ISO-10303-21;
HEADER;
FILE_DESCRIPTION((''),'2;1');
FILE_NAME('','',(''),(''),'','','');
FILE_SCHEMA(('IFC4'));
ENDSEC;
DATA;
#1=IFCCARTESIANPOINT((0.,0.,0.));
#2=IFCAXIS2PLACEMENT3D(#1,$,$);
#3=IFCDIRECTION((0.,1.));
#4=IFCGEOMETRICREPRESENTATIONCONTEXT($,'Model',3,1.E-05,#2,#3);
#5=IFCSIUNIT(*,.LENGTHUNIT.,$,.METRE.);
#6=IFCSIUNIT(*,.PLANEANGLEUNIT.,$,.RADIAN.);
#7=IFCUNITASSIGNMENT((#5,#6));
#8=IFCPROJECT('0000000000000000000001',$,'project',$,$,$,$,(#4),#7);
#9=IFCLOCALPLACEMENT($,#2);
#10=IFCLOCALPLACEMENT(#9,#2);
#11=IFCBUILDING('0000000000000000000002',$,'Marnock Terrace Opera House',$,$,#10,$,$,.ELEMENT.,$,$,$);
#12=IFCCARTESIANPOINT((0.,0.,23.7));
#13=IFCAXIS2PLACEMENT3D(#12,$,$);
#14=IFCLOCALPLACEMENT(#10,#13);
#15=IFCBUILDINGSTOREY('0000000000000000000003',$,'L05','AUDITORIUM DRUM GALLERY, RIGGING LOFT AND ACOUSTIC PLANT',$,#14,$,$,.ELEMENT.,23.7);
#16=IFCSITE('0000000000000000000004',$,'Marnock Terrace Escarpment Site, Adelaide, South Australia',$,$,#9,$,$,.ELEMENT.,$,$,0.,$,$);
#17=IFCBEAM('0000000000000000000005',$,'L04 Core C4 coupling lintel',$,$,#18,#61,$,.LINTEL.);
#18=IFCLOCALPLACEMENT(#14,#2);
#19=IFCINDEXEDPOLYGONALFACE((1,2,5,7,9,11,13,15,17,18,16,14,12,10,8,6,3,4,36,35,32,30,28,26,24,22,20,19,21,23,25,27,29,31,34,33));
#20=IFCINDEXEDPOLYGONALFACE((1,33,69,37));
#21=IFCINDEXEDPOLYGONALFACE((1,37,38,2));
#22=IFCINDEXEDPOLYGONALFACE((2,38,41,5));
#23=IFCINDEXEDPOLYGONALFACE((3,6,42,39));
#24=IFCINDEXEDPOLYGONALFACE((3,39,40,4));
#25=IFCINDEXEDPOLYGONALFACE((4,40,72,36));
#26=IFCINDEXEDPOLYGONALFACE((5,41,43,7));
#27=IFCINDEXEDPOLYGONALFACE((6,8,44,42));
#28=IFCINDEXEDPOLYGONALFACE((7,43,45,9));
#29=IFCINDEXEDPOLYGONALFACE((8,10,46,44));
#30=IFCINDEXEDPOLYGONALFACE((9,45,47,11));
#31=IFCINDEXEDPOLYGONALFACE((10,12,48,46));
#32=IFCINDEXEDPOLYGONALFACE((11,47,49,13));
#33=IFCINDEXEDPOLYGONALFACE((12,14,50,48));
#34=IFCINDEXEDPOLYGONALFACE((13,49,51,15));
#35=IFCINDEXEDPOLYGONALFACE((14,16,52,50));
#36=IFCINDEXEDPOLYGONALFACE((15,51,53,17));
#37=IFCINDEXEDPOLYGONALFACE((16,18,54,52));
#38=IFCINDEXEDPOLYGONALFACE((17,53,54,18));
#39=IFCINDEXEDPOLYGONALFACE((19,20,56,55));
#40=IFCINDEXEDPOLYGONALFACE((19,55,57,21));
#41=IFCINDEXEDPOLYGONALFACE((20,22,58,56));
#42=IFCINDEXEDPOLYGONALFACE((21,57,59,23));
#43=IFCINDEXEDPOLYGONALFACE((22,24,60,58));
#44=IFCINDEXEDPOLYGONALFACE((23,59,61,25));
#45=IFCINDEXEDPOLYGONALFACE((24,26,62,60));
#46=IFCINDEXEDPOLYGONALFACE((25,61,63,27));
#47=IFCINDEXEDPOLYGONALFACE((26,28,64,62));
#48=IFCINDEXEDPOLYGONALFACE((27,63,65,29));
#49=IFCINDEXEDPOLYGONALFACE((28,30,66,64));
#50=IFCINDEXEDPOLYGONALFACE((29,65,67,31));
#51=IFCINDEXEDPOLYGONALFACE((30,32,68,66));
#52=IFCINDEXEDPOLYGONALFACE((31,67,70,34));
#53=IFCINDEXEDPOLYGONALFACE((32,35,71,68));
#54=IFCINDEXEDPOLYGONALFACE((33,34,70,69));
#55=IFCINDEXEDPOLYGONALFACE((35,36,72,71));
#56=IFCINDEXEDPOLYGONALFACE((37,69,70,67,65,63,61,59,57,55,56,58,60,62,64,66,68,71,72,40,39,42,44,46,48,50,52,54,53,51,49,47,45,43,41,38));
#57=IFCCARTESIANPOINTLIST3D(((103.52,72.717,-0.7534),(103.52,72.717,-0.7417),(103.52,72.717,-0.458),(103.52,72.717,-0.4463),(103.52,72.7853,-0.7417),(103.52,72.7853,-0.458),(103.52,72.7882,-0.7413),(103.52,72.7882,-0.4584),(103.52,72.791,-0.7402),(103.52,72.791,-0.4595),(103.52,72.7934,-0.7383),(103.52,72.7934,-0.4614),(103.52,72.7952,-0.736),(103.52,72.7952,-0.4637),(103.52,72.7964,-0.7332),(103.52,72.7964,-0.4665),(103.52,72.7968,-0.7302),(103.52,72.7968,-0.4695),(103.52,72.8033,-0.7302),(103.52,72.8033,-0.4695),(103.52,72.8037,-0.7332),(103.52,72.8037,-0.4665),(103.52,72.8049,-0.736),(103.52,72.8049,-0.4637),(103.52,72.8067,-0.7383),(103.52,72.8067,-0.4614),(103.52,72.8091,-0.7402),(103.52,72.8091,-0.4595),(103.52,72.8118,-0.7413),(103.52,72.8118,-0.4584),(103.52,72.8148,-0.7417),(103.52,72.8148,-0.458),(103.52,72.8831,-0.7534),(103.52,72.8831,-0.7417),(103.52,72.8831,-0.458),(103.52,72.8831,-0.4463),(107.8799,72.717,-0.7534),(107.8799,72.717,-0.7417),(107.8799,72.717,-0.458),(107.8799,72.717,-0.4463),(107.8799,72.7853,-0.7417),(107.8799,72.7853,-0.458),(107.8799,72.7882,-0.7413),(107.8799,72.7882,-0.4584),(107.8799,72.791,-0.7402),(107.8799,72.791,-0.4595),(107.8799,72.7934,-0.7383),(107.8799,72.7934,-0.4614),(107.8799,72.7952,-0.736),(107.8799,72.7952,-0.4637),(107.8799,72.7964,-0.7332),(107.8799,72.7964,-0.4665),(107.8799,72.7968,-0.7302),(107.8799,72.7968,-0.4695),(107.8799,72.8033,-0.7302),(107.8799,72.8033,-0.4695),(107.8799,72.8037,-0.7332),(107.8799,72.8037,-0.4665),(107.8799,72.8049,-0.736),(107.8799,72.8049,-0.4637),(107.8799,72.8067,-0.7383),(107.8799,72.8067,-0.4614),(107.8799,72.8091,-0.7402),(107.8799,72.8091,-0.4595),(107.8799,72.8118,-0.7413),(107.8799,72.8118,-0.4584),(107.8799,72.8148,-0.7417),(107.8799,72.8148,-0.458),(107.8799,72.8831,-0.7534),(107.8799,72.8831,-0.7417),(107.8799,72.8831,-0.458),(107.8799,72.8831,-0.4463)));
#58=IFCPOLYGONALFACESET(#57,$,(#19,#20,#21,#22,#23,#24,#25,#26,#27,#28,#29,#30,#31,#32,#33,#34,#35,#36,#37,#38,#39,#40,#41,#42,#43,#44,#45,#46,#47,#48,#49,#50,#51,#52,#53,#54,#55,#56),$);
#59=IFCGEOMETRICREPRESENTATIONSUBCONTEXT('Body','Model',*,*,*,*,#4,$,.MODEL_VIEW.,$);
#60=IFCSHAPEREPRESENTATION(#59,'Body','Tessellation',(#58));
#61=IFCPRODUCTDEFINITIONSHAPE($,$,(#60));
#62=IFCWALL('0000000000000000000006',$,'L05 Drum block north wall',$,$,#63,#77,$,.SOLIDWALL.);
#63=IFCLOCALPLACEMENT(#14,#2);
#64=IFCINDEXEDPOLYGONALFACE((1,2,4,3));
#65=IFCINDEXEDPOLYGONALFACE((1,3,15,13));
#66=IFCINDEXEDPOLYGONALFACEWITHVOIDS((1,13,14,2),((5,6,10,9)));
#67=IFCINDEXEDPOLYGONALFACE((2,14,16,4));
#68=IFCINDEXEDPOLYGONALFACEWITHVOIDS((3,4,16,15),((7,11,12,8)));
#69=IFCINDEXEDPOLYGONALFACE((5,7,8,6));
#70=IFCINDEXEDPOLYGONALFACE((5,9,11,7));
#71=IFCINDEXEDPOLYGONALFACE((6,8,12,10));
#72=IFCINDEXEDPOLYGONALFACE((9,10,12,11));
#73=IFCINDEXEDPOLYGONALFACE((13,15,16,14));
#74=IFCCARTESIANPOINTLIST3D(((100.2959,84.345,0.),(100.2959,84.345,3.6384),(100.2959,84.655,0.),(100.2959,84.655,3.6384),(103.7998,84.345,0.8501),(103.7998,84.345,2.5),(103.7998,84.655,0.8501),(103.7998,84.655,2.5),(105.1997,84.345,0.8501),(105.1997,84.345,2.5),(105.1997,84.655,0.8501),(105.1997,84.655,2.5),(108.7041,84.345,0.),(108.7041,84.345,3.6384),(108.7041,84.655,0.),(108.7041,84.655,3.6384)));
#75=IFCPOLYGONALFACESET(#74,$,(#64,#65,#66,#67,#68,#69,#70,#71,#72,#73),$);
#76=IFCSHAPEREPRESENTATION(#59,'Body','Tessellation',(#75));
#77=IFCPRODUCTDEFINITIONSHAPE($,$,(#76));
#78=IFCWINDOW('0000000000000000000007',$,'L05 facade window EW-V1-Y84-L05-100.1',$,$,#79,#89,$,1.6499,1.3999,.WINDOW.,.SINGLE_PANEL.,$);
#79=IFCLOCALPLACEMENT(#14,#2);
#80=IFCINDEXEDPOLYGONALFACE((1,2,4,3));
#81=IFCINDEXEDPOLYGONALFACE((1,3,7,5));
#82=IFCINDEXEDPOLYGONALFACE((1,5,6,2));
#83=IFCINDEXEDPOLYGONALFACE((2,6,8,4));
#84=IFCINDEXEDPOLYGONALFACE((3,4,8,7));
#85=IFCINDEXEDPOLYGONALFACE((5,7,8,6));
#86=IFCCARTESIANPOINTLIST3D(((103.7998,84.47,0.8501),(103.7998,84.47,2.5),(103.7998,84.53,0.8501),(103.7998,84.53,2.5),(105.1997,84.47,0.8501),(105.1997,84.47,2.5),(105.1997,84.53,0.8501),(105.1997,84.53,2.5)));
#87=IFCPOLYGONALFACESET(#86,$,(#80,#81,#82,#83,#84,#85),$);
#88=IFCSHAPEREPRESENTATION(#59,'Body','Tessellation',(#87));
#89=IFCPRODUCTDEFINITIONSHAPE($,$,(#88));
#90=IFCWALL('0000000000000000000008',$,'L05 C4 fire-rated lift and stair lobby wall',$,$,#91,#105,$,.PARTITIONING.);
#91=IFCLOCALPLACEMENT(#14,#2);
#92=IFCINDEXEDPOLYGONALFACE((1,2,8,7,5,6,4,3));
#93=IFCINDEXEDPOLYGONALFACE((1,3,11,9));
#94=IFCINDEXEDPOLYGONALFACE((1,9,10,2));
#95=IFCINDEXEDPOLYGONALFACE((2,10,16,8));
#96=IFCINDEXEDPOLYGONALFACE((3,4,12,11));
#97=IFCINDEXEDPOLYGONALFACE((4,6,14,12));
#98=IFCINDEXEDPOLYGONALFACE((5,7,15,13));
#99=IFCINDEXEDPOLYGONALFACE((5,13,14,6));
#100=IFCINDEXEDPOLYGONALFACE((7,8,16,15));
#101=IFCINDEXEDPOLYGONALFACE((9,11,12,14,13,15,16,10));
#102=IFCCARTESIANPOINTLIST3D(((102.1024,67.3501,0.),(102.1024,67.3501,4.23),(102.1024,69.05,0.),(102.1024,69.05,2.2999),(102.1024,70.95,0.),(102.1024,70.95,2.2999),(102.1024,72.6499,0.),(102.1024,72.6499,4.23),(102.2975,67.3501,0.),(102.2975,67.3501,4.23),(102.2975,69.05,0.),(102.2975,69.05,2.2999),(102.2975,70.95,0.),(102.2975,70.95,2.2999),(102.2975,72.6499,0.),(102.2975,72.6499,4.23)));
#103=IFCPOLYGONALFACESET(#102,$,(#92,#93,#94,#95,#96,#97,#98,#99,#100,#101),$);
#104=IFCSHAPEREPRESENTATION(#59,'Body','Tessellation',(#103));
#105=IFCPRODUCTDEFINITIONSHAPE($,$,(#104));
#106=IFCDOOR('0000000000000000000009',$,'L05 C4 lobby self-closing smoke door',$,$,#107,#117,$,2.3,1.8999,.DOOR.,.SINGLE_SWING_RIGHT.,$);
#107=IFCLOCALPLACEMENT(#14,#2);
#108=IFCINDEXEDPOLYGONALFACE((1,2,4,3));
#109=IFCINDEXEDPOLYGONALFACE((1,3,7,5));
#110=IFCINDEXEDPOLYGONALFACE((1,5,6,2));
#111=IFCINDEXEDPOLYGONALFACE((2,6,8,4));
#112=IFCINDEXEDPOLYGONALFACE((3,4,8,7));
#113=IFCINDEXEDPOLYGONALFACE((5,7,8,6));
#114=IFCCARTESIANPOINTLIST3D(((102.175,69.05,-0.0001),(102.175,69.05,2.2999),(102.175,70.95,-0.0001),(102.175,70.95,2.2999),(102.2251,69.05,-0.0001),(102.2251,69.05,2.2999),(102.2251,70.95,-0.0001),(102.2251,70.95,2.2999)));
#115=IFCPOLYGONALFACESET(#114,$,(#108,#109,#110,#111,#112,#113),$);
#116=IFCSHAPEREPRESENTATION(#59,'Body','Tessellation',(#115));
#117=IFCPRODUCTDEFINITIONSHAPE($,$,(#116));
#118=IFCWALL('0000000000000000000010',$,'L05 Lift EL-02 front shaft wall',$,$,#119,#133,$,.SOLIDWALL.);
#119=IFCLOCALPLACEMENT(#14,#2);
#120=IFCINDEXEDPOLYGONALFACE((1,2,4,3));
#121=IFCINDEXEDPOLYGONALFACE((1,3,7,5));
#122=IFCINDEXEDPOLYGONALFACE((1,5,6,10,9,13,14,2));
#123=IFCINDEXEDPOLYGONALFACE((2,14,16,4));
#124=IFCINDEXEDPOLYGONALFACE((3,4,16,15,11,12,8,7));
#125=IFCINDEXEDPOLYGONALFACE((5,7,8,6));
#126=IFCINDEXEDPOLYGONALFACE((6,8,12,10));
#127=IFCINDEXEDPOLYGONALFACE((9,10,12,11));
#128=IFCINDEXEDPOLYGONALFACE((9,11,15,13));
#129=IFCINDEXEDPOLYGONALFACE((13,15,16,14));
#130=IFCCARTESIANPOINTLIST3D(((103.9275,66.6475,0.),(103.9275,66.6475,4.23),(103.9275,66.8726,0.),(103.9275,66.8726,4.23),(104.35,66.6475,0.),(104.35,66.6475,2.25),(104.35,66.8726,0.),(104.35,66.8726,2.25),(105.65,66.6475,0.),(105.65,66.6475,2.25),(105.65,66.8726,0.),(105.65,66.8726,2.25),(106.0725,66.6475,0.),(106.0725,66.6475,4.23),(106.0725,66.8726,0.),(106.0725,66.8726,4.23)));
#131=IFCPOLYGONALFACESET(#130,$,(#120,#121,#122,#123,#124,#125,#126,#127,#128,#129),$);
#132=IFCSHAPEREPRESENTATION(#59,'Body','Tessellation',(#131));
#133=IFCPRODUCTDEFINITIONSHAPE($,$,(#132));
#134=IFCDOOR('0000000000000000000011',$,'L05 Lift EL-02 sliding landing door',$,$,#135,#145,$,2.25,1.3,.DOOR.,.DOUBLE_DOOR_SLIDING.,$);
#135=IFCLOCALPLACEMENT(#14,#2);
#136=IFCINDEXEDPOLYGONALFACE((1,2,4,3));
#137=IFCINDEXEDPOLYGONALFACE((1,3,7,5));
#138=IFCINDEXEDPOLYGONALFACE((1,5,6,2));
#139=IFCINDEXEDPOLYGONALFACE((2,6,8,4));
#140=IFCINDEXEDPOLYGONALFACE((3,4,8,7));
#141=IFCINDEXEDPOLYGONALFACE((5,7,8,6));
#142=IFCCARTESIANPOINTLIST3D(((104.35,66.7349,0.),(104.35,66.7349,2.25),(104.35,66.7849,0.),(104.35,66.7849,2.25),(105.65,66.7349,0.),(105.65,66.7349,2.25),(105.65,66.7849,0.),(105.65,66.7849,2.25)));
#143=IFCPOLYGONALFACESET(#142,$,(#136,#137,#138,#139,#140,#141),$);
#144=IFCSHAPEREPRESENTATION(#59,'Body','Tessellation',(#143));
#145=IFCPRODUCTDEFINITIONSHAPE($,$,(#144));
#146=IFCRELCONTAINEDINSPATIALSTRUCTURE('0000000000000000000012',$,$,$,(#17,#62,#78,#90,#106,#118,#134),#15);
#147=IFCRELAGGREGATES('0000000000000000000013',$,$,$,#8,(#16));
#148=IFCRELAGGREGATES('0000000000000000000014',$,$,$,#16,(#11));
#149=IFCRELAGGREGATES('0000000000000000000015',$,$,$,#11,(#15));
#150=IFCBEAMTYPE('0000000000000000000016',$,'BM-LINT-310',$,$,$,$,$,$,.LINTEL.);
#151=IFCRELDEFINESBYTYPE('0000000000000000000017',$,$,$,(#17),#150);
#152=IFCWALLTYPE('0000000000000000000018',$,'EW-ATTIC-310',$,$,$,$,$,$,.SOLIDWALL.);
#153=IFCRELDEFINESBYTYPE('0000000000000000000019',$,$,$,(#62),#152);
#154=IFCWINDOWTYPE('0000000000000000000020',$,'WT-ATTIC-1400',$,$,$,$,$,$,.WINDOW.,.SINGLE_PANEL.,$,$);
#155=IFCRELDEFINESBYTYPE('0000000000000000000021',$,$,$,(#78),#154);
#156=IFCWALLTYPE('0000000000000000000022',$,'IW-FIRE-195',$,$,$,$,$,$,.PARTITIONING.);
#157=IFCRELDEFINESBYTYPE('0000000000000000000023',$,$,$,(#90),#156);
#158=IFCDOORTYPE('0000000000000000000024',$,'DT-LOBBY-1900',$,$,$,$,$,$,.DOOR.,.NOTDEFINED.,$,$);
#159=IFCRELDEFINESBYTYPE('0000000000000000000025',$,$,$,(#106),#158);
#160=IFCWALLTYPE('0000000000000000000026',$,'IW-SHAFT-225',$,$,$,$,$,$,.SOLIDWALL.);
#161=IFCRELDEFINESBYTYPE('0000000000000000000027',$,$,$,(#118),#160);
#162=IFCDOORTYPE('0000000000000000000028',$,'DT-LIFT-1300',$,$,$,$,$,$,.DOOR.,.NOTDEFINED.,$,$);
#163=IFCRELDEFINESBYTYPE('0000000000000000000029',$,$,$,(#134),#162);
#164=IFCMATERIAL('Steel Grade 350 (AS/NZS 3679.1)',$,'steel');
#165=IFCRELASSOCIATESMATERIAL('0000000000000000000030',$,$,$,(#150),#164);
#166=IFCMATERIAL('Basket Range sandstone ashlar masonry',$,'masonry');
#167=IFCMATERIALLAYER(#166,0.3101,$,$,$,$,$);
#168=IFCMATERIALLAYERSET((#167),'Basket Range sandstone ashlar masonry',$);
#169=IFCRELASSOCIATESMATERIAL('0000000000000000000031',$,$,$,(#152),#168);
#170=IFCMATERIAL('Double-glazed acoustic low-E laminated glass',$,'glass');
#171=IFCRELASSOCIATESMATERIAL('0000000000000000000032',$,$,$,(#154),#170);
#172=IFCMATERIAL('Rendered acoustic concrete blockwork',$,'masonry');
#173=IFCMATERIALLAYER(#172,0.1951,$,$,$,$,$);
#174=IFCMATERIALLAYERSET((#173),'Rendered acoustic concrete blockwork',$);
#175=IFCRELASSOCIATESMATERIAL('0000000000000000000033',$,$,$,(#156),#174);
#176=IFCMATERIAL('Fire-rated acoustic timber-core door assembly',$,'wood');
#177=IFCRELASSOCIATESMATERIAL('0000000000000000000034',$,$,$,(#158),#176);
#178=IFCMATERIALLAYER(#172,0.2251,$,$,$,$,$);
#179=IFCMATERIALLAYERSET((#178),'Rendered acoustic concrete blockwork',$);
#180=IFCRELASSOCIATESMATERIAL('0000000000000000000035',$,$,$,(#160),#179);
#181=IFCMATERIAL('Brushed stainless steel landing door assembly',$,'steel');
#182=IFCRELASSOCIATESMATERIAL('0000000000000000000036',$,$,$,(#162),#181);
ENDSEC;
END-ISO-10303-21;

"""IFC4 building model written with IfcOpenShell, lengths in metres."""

from ifc_helpers import new_model, si_unit, direction, frame, frame_2d, origin, origin_2d, place, context, subcontext, project, spatial, rectangle, i_section, extrude, material, layer, layer_set, material_profile, profile_set, type_object, element, fill, save


model = new_model("IFC4")

# Units and contexts
model_context = context("Model", 3, precision=1e-05, world=origin(), true_north=direction((0.0, 1.0)))
body_context = subcontext(model_context, "Body", "Model", "MODEL_VIEW")
ifc_project = project(units=[si_unit("LENGTHUNIT", "METRE"), si_unit("PLANEANGLEUNIT", "RADIAN")], contexts=[model_context])

# Site, building, storey
site_placement = place(None, origin())
site = spatial("IfcSite", under=ifc_project, at=site_placement, Name="Marnock Terrace Escarpment Site, Adelaide, South Australia", CompositionType="ELEMENT", RefElevation=0.0)
building_placement = place(site_placement, origin())
building = spatial("IfcBuilding", under=site, at=building_placement, Name="Marnock Terrace Opera House", CompositionType="ELEMENT")
storey_placement = place(building_placement, frame((0.0, 0.0, 23.7)))
storey = spatial("IfcBuildingStorey", under=building, at=storey_placement, Name="L05", Description="AUDITORIUM DRUM GALLERY, RIGGING LOFT AND ACOUSTIC PLANT", CompositionType="ELEMENT", Elevation=23.7)

# Beam
ifc_material_1 = material(Name="Steel Grade 350 (AS/NZS 3679.1)", Category="steel")
ifc_material_profile_1 = material_profile(ifc_material_1, i_section(OverallWidth=0.166, OverallDepth=0.3071, WebThickness=0.0066, FlangeThickness=0.0117, FilletRadius=0.0115, at=origin_2d()))
ifc_profile_set_1 = profile_set([ifc_material_profile_1], Name="Steel Grade 350 (AS/NZS 3679.1)")
beam_type_1 = type_object("IfcBeamType", Name="BM-LINT-310", PredefinedType="LINTEL", material=ifc_profile_set_1)
beam_1_placement = place(storey_placement, frame((103.52, 72.8, -0.5999), z_axis=(1.0, 0.0, 0.0), x_axis=(0.0, 1.0, 0.0)))
element("IfcBeam", 1, at=beam_1_placement, inside=storey, type_object=beam_type_1, Name="L04 Core C4 coupling lintel", PredefinedType="LINTEL", context=body_context, shape_type="SweptSolid", body=[
    extrude(i_section(OverallWidth=0.166, OverallDepth=0.3071, WebThickness=0.0066, FlangeThickness=0.0117, FilletRadius=0.0115, at=origin_2d()), origin(), (0.0, 0.0, 1.0), 4.3599),
])

# Wall, opening, window
ifc_material_2 = material(Name="Basket Range sandstone ashlar masonry", Category="masonry")
ifc_layer_1 = layer(ifc_material_2, 0.3101)
ifc_layer_set_1 = layer_set([ifc_layer_1], Name="Basket Range sandstone ashlar masonry")
wall_type_1 = type_object("IfcWallType", Name="EW-ATTIC-310", PredefinedType="SOLIDWALL", material=ifc_layer_set_1)
wall_1_placement = place(storey_placement, frame((100.2959, 84.5, 0.0), z_axis=(0.0, 0.0, 1.0), x_axis=(1.0, 0.0, 0.0)))
wall_1 = element("IfcWall", 2, at=wall_1_placement, inside=storey, type_object=wall_type_1, Name="L05 Drum block north wall", PredefinedType="SOLIDWALL", context=body_context, shape_type="SweptSolid", body=[
    extrude(rectangle(XDim=8.4082, YDim=0.3101, at=frame_2d((4.2041, 0.0))), origin(), (0.0, 0.0, 1.0), 3.6384),
])
opening_1_placement = place(wall_1_placement, frame((3.5039, 0.0, 0.8501)))
opening_1 = element("IfcOpeningElement", 3, at=opening_1_placement, cuts=wall_1, PredefinedType="OPENING", context=body_context, shape_type="SweptSolid", body=[
    extrude(rectangle(XDim=1.3999, YDim=1.6499, at=frame_2d((0.7, 0.825))), frame((0.0, 0.165, 0.0), z_axis=(0.0, -1.0, 0.0), x_axis=(1.0, 0.0, 0.0)), (0.0, 0.0, 1.0), 0.3301),
])
ifc_material_3 = material(Name="Double-glazed acoustic low-E laminated glass", Category="glass")
window_type = type_object("IfcWindowType", Name="WT-ATTIC-1400", PartitioningType="SINGLE_PANEL", PredefinedType="WINDOW", material=ifc_material_3)
window_placement = place(opening_1_placement, origin())
window = element("IfcWindow", 4, at=window_placement, inside=storey, type_object=window_type, Name="L05 facade window EW-V1-Y84-L05-100.1", OverallHeight=1.6499, OverallWidth=1.3999, PartitioningType="SINGLE_PANEL", PredefinedType="WINDOW", context=body_context, shape_type="SweptSolid", body=[
    extrude(rectangle(XDim=1.3999, YDim=1.6499, at=frame_2d((0.7, 0.825))), frame((0.0, 0.03, 0.0), z_axis=(0.0, -1.0, 0.0), x_axis=(1.0, 0.0, 0.0)), (0.0, 0.0, 1.0), 0.0601),
])
fill(opening_1, window)

# Walls, openings, doors
ifc_material_4 = material(Name="Rendered acoustic concrete blockwork", Category="masonry")
ifc_layer_2 = layer(ifc_material_4, 0.1951)
ifc_layer_set_2 = layer_set([ifc_layer_2], Name="Rendered acoustic concrete blockwork")
wall_type_2 = type_object("IfcWallType", Name="IW-FIRE-195", PredefinedType="PARTITIONING", material=ifc_layer_set_2)
wall_2_placement = place(storey_placement, frame((102.2, 67.3501, 0.0), z_axis=(0.0, 0.0, 1.0), x_axis=(0.0, 1.0, 0.0)))
wall_2 = element("IfcWall", 5, at=wall_2_placement, inside=storey, type_object=wall_type_2, Name="L05 C4 fire-rated lift and stair lobby wall", PredefinedType="PARTITIONING", context=body_context, shape_type="SweptSolid", body=[
    extrude(rectangle(XDim=5.2998, YDim=0.1951, at=frame_2d((2.6499, 0.0))), origin(), (0.0, 0.0, 1.0), 4.23),
])
opening_2_placement = place(wall_2_placement, frame((1.7, 0.0, 0.0)))
opening_2 = element("IfcOpeningElement", 6, at=opening_2_placement, cuts=wall_2, PredefinedType="OPENING", context=body_context, shape_type="SweptSolid", body=[
    extrude(rectangle(XDim=1.8999, YDim=2.3, at=frame_2d((0.95, 1.1499))), frame((0.0, 0.1074, 0.0), z_axis=(0.0, -1.0, 0.0), x_axis=(1.0, 0.0, 0.0)), (0.0, 0.0, 1.0), 0.2151),
])
ifc_material_5 = material(Name="Fire-rated acoustic timber-core door assembly", Category="wood")
door_type_1 = type_object("IfcDoorType", Name="DT-LOBBY-1900", OperationType="NOTDEFINED", PredefinedType="DOOR", material=ifc_material_5)
door_1_placement = place(opening_2_placement, origin())
door_1 = element("IfcDoor", 7, at=door_1_placement, inside=storey, type_object=door_type_1, Name="L05 C4 lobby self-closing smoke door", OperationType="SINGLE_SWING_RIGHT", OverallHeight=2.3, OverallWidth=1.8999, PredefinedType="DOOR", context=body_context, shape_type="SweptSolid", body=[
    extrude(rectangle(XDim=1.8999, YDim=2.3, at=frame_2d((0.95, 1.1499))), frame((0.0, 0.0249, 0.0), z_axis=(0.0, -1.0, 0.0), x_axis=(1.0, 0.0, 0.0)), (0.0, 0.0, 1.0), 0.05),
])
fill(opening_2, door_1)
ifc_layer_3 = layer(ifc_material_4, 0.2251)
ifc_layer_set_3 = layer_set([ifc_layer_3], Name="Rendered acoustic concrete blockwork")
wall_type_3 = type_object("IfcWallType", Name="IW-SHAFT-225", PredefinedType="SOLIDWALL", material=ifc_layer_set_3)
wall_3_placement = place(storey_placement, frame((103.9275, 66.76, 0.0), z_axis=(0.0, 0.0, 1.0), x_axis=(1.0, 0.0, 0.0)))
wall_3 = element("IfcWall", 8, at=wall_3_placement, inside=storey, type_object=wall_type_3, Name="L05 Lift EL-02 front shaft wall", PredefinedType="SOLIDWALL", context=body_context, shape_type="SweptSolid", body=[
    extrude(rectangle(XDim=2.145, YDim=0.2251, at=frame_2d((1.0725, 0.0))), origin(), (0.0, 0.0, 1.0), 4.23),
])
opening_3_placement = place(wall_3_placement, frame((0.4226, 0.0, 0.0)))
opening_3 = element("IfcOpeningElement", 9, at=opening_3_placement, cuts=wall_3, PredefinedType="OPENING", context=body_context, shape_type="SweptSolid", body=[
    extrude(rectangle(XDim=1.3, YDim=2.25, at=frame_2d((0.6499, 1.125))), frame((0.0, 0.1226, 0.0), z_axis=(0.0, -1.0, 0.0), x_axis=(1.0, 0.0, 0.0)), (0.0, 0.0, 1.0), 0.2451),
])
ifc_material_6 = material(Name="Brushed stainless steel landing door assembly", Category="steel")
door_type_2 = type_object("IfcDoorType", Name="DT-LIFT-1300", OperationType="NOTDEFINED", PredefinedType="DOOR", material=ifc_material_6)
door_2_placement = place(opening_3_placement, origin())
door_2 = element("IfcDoor", 10, at=door_2_placement, inside=storey, type_object=door_type_2, Name="L05 Lift EL-02 sliding landing door", OperationType="DOUBLE_DOOR_SLIDING", OverallHeight=2.25, OverallWidth=1.3, PredefinedType="DOOR", context=body_context, shape_type="SweptSolid", body=[
    extrude(rectangle(XDim=1.3, YDim=2.25, at=frame_2d((0.6499, 1.125))), frame((0.0, 0.0249, 0.0), z_axis=(0.0, -1.0, 0.0), x_axis=(1.0, 0.0, 0.0)), (0.0, 0.0, 1.0), 0.05),
])
fill(opening_3, door_2)

save(model, "model.ifc")
